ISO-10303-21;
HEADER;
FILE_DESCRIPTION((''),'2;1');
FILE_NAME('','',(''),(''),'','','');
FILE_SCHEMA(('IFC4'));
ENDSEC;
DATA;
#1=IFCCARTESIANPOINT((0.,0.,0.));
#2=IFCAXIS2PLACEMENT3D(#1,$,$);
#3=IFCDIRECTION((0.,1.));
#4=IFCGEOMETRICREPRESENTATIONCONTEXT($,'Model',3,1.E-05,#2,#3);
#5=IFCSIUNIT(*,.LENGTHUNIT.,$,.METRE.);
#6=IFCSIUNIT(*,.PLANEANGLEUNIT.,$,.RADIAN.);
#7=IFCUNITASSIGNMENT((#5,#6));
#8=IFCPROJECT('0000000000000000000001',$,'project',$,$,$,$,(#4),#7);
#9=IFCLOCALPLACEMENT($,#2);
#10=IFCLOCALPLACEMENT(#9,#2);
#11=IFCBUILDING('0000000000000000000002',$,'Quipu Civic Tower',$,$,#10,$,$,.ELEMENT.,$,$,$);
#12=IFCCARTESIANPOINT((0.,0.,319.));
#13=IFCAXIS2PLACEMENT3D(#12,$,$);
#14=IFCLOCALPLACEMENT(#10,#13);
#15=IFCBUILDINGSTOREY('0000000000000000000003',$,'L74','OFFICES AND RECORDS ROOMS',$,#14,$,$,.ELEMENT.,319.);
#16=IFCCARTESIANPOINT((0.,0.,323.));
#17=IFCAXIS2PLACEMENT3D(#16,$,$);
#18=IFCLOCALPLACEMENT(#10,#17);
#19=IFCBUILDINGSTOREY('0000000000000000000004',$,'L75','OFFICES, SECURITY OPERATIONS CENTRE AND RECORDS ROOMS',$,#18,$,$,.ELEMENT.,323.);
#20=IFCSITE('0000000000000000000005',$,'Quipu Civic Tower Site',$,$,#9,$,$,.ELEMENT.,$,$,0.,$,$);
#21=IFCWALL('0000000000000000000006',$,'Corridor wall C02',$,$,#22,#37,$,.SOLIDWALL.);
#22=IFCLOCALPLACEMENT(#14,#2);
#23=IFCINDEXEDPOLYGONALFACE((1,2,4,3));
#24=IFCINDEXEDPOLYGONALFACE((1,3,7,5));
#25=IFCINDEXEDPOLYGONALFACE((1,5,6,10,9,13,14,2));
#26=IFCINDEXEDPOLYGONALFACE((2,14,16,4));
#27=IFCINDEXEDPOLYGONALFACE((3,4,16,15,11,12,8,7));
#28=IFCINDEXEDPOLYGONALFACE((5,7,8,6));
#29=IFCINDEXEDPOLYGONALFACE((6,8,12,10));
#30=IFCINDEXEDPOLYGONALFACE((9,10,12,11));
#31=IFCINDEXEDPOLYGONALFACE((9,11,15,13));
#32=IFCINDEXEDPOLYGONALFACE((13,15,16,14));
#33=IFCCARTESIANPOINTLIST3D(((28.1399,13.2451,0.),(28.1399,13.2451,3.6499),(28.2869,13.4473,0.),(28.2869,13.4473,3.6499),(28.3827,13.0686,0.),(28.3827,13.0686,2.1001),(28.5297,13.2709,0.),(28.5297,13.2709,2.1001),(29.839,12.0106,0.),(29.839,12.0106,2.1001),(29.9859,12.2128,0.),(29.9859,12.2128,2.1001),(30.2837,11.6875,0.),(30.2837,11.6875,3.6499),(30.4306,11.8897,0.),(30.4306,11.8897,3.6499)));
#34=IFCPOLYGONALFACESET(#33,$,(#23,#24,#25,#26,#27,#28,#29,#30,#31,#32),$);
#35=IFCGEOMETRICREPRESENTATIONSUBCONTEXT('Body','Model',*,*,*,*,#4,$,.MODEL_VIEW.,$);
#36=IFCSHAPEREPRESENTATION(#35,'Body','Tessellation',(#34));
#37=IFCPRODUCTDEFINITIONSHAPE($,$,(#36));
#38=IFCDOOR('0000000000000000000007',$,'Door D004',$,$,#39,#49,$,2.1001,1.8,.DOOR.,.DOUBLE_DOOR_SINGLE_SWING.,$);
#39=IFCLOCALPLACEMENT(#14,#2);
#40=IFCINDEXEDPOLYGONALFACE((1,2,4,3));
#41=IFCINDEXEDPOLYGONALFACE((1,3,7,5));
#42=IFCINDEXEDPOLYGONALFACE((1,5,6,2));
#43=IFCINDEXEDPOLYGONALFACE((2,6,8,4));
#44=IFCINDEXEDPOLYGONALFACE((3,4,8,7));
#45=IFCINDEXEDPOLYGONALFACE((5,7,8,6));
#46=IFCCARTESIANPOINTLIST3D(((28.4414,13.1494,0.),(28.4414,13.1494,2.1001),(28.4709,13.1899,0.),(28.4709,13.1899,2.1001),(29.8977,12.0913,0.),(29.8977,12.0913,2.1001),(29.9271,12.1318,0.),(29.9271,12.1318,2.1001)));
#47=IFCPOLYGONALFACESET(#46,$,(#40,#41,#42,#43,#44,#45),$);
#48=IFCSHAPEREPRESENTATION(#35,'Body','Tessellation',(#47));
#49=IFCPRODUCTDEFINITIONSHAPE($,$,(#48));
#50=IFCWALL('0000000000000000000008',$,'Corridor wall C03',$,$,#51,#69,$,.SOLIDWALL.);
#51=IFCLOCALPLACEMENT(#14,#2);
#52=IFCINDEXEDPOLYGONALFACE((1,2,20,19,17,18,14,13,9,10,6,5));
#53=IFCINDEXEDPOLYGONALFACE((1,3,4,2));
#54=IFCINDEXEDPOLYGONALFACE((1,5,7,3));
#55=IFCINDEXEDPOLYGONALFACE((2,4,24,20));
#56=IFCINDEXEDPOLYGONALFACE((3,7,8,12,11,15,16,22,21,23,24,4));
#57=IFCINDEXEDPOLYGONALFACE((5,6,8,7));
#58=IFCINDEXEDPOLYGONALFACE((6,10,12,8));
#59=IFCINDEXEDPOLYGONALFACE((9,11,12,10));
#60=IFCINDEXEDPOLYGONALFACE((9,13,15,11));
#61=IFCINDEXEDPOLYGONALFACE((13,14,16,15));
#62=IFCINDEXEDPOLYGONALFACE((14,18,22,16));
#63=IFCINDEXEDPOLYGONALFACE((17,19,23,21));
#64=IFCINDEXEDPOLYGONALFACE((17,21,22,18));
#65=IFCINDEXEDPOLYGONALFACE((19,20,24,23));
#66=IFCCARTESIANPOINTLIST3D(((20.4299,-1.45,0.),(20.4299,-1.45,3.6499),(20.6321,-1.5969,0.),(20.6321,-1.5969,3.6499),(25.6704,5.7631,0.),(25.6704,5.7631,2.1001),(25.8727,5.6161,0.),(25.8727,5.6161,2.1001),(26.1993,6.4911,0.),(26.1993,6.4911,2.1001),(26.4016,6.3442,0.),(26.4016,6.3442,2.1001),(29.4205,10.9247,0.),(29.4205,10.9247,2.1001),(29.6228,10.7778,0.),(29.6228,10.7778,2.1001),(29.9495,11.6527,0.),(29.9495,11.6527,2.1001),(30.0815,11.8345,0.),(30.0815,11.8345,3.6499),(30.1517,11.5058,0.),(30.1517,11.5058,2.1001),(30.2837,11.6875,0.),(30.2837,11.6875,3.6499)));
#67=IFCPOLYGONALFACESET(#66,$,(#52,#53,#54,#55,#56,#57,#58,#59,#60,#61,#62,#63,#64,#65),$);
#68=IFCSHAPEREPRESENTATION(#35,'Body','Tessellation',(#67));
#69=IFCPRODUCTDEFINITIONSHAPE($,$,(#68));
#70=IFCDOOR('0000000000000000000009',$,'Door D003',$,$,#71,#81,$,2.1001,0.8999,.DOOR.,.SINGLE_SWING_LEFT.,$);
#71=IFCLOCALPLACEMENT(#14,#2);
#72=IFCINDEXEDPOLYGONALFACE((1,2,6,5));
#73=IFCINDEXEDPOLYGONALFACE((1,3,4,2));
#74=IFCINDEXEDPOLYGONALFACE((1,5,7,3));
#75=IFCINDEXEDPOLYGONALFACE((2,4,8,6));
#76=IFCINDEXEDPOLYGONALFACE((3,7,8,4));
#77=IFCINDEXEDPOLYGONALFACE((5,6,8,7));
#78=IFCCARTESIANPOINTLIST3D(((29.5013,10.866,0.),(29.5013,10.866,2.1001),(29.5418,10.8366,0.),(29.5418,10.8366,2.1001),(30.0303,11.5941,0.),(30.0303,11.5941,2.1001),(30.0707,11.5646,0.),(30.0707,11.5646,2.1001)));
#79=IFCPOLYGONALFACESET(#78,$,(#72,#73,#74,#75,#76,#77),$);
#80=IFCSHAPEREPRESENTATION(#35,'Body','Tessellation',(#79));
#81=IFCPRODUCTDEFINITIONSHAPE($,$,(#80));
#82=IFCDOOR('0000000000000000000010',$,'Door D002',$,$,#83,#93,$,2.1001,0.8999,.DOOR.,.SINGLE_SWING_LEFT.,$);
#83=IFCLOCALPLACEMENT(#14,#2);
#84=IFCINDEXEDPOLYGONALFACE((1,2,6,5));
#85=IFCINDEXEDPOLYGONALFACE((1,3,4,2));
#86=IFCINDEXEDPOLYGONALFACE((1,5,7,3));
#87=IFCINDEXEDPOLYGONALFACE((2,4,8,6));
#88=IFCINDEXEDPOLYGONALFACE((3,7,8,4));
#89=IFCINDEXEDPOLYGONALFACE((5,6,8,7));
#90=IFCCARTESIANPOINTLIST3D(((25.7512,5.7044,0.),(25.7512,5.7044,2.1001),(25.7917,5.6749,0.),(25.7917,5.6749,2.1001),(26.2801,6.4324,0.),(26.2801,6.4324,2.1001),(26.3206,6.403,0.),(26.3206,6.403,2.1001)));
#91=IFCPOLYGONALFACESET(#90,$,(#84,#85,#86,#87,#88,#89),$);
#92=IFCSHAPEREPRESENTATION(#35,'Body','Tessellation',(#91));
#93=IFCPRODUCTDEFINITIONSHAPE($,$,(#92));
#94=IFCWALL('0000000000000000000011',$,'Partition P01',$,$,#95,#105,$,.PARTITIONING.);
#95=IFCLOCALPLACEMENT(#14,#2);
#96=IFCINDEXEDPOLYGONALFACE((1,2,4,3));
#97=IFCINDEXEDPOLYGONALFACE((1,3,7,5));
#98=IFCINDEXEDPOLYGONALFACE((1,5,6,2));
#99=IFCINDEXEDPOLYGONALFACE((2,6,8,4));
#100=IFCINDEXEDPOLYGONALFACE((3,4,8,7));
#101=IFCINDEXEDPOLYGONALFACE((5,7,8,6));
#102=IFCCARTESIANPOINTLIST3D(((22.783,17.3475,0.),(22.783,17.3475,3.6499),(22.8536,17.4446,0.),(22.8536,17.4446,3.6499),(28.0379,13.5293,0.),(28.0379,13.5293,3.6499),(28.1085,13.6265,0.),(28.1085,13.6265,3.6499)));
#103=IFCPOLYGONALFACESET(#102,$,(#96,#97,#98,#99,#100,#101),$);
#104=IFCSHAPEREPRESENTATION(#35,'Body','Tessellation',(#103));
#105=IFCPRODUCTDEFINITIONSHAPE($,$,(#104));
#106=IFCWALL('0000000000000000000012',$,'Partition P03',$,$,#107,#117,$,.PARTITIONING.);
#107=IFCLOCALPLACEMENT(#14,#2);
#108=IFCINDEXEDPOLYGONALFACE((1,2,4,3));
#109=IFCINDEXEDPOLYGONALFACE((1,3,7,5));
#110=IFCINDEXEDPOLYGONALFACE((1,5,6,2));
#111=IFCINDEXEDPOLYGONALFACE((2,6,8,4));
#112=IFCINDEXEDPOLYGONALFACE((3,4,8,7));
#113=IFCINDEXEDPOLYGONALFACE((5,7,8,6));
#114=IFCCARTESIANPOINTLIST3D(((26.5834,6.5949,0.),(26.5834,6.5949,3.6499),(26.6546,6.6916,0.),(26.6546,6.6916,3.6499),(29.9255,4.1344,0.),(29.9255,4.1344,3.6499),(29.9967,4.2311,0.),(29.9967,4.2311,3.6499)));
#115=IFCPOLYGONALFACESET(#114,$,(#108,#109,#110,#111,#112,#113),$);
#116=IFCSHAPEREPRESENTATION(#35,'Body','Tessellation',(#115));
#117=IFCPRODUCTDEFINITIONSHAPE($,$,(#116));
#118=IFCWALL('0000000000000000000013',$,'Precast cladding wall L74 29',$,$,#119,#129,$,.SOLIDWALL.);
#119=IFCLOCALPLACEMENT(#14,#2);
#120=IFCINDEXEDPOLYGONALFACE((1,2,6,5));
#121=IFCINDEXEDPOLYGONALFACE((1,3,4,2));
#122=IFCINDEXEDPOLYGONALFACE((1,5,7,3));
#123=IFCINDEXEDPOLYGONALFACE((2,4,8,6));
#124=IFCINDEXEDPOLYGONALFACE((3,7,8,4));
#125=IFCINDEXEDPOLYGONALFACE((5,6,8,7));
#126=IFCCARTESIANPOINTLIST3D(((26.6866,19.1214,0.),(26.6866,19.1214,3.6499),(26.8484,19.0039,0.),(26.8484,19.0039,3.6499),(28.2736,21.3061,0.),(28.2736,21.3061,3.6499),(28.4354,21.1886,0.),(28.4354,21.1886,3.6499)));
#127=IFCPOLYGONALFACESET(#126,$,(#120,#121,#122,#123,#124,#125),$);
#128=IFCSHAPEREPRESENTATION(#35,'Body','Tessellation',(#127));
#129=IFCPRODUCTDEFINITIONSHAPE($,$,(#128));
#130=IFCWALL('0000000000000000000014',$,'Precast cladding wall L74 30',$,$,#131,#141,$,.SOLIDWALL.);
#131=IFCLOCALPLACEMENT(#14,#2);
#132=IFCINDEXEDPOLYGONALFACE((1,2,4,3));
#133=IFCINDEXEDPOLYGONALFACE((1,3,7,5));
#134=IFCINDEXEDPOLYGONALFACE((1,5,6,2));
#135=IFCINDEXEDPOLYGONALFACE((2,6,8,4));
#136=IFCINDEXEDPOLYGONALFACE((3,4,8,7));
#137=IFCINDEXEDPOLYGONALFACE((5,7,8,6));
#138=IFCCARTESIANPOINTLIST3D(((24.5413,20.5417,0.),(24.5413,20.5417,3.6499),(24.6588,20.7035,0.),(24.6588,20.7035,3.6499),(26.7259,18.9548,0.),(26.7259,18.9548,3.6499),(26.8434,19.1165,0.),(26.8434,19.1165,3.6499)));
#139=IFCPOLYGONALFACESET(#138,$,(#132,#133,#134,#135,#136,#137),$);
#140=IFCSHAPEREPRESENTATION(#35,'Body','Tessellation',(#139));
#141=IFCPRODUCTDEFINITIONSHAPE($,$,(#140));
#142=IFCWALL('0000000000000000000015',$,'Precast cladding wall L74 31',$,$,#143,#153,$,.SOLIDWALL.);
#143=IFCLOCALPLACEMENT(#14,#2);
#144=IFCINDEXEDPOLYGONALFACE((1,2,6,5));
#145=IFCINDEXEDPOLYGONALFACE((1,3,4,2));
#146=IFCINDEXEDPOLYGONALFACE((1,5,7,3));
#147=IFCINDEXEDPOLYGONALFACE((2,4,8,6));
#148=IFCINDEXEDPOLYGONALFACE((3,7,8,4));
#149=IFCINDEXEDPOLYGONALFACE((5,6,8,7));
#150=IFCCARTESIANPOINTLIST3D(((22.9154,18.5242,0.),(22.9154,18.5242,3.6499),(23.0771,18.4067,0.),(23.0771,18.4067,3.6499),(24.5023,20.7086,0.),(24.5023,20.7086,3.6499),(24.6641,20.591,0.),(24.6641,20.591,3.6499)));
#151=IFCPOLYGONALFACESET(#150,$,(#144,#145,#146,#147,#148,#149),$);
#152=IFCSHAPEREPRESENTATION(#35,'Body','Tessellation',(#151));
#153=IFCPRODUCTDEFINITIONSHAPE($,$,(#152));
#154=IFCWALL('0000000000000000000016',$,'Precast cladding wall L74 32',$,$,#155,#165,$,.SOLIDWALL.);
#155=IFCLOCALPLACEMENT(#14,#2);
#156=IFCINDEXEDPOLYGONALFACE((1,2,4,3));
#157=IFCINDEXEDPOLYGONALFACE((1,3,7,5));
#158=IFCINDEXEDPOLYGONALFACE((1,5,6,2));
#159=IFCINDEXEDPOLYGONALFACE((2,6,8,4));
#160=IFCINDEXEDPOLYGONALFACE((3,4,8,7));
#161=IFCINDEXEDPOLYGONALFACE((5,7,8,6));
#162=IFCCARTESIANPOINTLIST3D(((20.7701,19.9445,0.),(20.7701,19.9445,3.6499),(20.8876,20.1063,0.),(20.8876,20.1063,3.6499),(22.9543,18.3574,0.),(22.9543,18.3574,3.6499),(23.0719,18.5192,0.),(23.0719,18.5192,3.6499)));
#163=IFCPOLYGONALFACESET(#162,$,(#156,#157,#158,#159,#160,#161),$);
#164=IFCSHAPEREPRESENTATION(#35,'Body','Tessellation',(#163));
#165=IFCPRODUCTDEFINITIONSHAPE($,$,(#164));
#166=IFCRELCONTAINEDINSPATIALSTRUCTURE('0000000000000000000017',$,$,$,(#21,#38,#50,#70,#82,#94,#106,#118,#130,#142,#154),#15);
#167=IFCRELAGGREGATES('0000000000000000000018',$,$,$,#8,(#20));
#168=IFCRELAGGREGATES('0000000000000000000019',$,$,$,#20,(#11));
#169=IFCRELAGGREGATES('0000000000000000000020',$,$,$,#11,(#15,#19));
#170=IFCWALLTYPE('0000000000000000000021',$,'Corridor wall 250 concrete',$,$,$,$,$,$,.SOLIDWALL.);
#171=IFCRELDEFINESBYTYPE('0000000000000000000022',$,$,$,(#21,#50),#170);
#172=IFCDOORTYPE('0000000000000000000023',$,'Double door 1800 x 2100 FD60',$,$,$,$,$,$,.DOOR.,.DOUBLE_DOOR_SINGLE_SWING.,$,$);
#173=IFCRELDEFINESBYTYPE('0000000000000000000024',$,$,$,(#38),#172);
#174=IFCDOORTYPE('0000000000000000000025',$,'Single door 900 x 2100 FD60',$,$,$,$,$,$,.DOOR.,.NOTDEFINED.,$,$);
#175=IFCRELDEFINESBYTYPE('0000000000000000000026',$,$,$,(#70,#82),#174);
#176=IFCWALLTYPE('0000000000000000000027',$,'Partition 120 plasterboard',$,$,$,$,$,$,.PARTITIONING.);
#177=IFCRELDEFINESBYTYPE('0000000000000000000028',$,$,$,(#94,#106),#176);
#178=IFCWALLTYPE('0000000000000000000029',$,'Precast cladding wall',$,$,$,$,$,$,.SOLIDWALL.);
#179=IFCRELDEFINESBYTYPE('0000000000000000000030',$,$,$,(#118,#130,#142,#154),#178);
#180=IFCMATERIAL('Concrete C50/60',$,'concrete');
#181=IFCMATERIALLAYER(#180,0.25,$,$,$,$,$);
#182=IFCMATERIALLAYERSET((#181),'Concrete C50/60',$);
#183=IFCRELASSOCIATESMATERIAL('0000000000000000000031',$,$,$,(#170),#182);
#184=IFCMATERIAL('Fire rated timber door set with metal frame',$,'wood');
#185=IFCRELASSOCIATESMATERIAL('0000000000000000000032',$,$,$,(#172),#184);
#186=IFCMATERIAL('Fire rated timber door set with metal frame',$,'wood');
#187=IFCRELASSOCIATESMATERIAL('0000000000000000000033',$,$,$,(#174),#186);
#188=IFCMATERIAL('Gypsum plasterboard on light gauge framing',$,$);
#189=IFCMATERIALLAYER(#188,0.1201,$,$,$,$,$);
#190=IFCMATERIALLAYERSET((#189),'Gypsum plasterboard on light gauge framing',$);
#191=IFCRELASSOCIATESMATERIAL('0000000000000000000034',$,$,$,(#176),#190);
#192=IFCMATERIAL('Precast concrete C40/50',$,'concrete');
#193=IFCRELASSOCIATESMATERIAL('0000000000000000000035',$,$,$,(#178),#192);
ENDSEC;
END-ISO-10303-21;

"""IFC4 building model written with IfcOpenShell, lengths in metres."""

from ifc_helpers import new_model, si_unit, direction, frame, frame_2d, origin, place, context, subcontext, project, spatial, rectangle, extrude, material, layer, layer_set, type_object, element, fill, save


model = new_model("IFC4")

# Units and contexts
model_context = context("Model", 3, precision=1e-05, world=origin(), true_north=direction((0.0, 1.0)))
body_context = subcontext(model_context, "Body", "Model", "MODEL_VIEW")
ifc_project = project(units=[si_unit("LENGTHUNIT", "METRE"), si_unit("PLANEANGLEUNIT", "RADIAN")], contexts=[model_context])

# Site, building, storey
site_placement = place(None, origin())
site = spatial("IfcSite", under=ifc_project, at=site_placement, Name="Quipu Civic Tower Site", CompositionType="ELEMENT", RefElevation=0.0)
building_placement = place(site_placement, origin())
building = spatial("IfcBuilding", under=site, at=building_placement, Name="Quipu Civic Tower", CompositionType="ELEMENT")
storey_1_placement = place(building_placement, frame((0.0, 0.0, 319.0)))
storey_1 = spatial("IfcBuildingStorey", under=building, at=storey_1_placement, Name="L74", Description="OFFICES AND RECORDS ROOMS", CompositionType="ELEMENT", Elevation=319.0)

# Shared definitions
storey_2_placement = place(building_placement, frame((0.0, 0.0, 323.0)))
storey_2 = spatial("IfcBuildingStorey", under=building, at=storey_2_placement, Name="L75", Description="OFFICES, SECURITY OPERATIONS CENTRE AND RECORDS ROOMS", CompositionType="ELEMENT", Elevation=323.0)

# Wall, opening, door
ifc_material_1 = material(Name="Concrete C50/60", Category="concrete")
ifc_layer_1 = layer(ifc_material_1, 0.25)
ifc_layer_set_1 = layer_set([ifc_layer_1], Name="Concrete C50/60")
wall_type_1 = type_object("IfcWallType", Name="Corridor wall 250 concrete", PredefinedType="SOLIDWALL", material=ifc_layer_set_1)
wall_1_placement = place(storey_1_placement, frame((28.2134, 13.3462, 0.0), z_axis=(0.0, 0.0, 1.0), x_axis=(0.809007, -0.587799, 0.0)))
wall_1 = element("IfcWall", 1, at=wall_1_placement, inside=storey_1, type_object=wall_type_1, Name="Corridor wall C02", PredefinedType="SOLIDWALL", context=body_context, shape_type="SweptSolid", body=[
    extrude(rectangle(XDim=2.6499, YDim=0.25, at=frame_2d((1.325, 0.0))), origin(), (0.0, 0.0, 1.0), 3.6499),
])
opening_1_placement = place(wall_1_placement, frame((0.3003, 0.0, 0.0)))
opening_1 = element("IfcOpeningElement", 2, at=opening_1_placement, cuts=wall_1, PredefinedType="OPENING", context=body_context, shape_type="SweptSolid", body=[
    extrude(rectangle(XDim=1.8, YDim=2.1001, at=frame_2d((0.8999, 1.05))), frame((0.0, 0.135, 0.0), z_axis=(0.0, -1.0, 0.0), x_axis=(1.0, 0.0, 0.0)), (0.0, 0.0, 1.0), 0.27),
])
ifc_material_2 = material(Name="Fire rated timber door set with metal frame", Category="wood")
door_type_1 = type_object("IfcDoorType", Name="Double door 1800 x 2100 FD60", OperationType="DOUBLE_DOOR_SINGLE_SWING", PredefinedType="DOOR", material=ifc_material_2)
door_1_placement = place(opening_1_placement, origin())
door_1 = element("IfcDoor", 3, at=door_1_placement, inside=storey_1, type_object=door_type_1, Name="Door D004", OperationType="DOUBLE_DOOR_SINGLE_SWING", OverallHeight=2.1001, OverallWidth=1.8, PredefinedType="DOOR", context=body_context, shape_type="SweptSolid", body=[
    extrude(rectangle(XDim=1.8, YDim=2.1001, at=frame_2d((0.8999, 1.05))), frame((0.0, 0.0249, 0.0), z_axis=(0.0, -1.0, 0.0), x_axis=(1.0, 0.0, 0.0)), (0.0, 0.0, 1.0), 0.05),
])
fill(opening_1, door_1)

# Wall, openings, doors
wall_2_placement = place(storey_1_placement, frame((30.1826, 11.761, 0.0), z_axis=(0.0, 0.0, 1.0), x_axis=(-0.587782, -0.80902, 0.0)))
wall_2 = element("IfcWall", 4, at=wall_2_placement, inside=storey_1, type_object=wall_type_1, Name="Corridor wall C03", PredefinedType="SOLIDWALL", context=body_context, shape_type="SweptSolid", body=[
    extrude(rectangle(XDim=16.4204, YDim=0.25, at=frame_2d((8.2102, 0.0))), origin(), (0.0, 0.0, 1.0), 3.6499),
])
opening_2_placement = place(wall_2_placement, frame((0.2246, 0.0, 0.0)))
opening_2 = element("IfcOpeningElement", 5, at=opening_2_placement, cuts=wall_2, PredefinedType="OPENING", context=body_context, shape_type="SweptSolid", body=[
    extrude(rectangle(XDim=0.8999, YDim=2.1001, at=frame_2d((0.45, 1.05))), frame((0.0, 0.135, 0.0), z_axis=(0.0, -1.0, 0.0), x_axis=(1.0, 0.0, 0.0)), (0.0, 0.0, 1.0), 0.27),
])
opening_3_placement = place(wall_2_placement, frame((6.6047, 0.0, 0.0)))
opening_3 = element("IfcOpeningElement", 6, at=opening_3_placement, cuts=wall_2, PredefinedType="OPENING", context=body_context, shape_type="SweptSolid", body=[
    extrude(rectangle(XDim=0.8999, YDim=2.1001, at=frame_2d((0.45, 1.05))), frame((0.0, 0.135, 0.0), z_axis=(0.0, -1.0, 0.0), x_axis=(1.0, 0.0, 0.0)), (0.0, 0.0, 1.0), 0.27),
])
ifc_material_3 = material(Name="Fire rated timber door set with metal frame", Category="wood")
door_type_2 = type_object("IfcDoorType", Name="Single door 900 x 2100 FD60", OperationType="NOTDEFINED", PredefinedType="DOOR", material=ifc_material_3)
door_2_placement = place(opening_2_placement, origin())
door_2 = element("IfcDoor", 7, at=door_2_placement, inside=storey_1, type_object=door_type_2, Name="Door D003", OperationType="SINGLE_SWING_LEFT", OverallHeight=2.1001, OverallWidth=0.8999, PredefinedType="DOOR", context=body_context, shape_type="SweptSolid", body=[
    extrude(rectangle(XDim=0.8999, YDim=2.1001, at=frame_2d((0.45, 1.05))), frame((0.0, 0.0249, 0.0), z_axis=(0.0, -1.0, 0.0), x_axis=(1.0, 0.0, 0.0)), (0.0, 0.0, 1.0), 0.05),
])
fill(opening_2, door_2)
door_3_placement = place(opening_3_placement, origin())
door_3 = element("IfcDoor", 8, at=door_3_placement, inside=storey_1, type_object=door_type_2, Name="Door D002", OperationType="SINGLE_SWING_LEFT", OverallHeight=2.1001, OverallWidth=0.8999, PredefinedType="DOOR", context=body_context, shape_type="SweptSolid", body=[
    extrude(rectangle(XDim=0.8999, YDim=2.1001, at=frame_2d((0.45, 1.05))), frame((0.0, 0.0249, 0.0), z_axis=(0.0, -1.0, 0.0), x_axis=(1.0, 0.0, 0.0)), (0.0, 0.0, 1.0), 0.05),
])
fill(opening_3, door_3)

# Walls
ifc_material_4 = material(Name="Gypsum plasterboard on light gauge framing")
ifc_layer_2 = layer(ifc_material_4, 0.1201)
ifc_layer_set_2 = layer_set([ifc_layer_2], Name="Gypsum plasterboard on light gauge framing")
wall_type_2 = type_object("IfcWallType", Name="Partition 120 plasterboard", PredefinedType="PARTITIONING", material=ifc_layer_set_2)
wall_3_placement = place(storey_1_placement, frame((28.0732, 13.5779, 0.0), z_axis=(0.0, 0.0, 1.0), x_axis=(-0.809001, 0.587807, 0.0)))
element("IfcWall", 9, at=wall_3_placement, inside=storey_1, type_object=wall_type_2, Name="Partition P01", PredefinedType="PARTITIONING", context=body_context, shape_type="SweptSolid", body=[
    extrude(rectangle(XDim=6.4956, YDim=0.1201, at=frame_2d((3.2478, 0.0))), origin(), (0.0, 0.0, 1.0), 3.6499),
])
wall_4_placement = place(storey_1_placement, frame((26.6189, 6.6433, 0.0), z_axis=(0.0, 0.0, 1.0), x_axis=(0.805298, -0.59287, 0.0)))
element("IfcWall", 10, at=wall_4_placement, inside=storey_1, type_object=wall_type_2, Name="Partition P03", PredefinedType="PARTITIONING", context=body_context, shape_type="SweptSolid", body=[
    extrude(rectangle(XDim=4.1501, YDim=0.1201, at=frame_2d((2.0752, 0.0))), origin(), (0.0, 0.0, 1.0), 3.6499),
])
ifc_material_5 = material(Name="Precast concrete C40/50", Category="concrete")
wall_type_3 = type_object("IfcWallType", Name="Precast cladding wall", PredefinedType="SOLIDWALL", material=ifc_material_5)
for number, where, z_axis, x_axis, name in (
    (11, (28.3545, 21.2473, 0.0), (0.0, 0.0, 1.0), (-0.58772, -0.809064, 0.0), "Precast cladding wall L74 29"),
    (12, (26.7847, 19.0356, 0.0), (0.0, 0.0, 1.0), (-0.809064, 0.58772, 0.0), "Precast cladding wall L74 30"),
):
    element("IfcWall", number, at=place(storey_1_placement, frame(where, z_axis=z_axis, x_axis=x_axis)), inside=storey_1, type_object=wall_type_3, Name=name, PredefinedType="SOLIDWALL", context=body_context, shape_type="SweptSolid", body=[
        extrude(rectangle(XDim=2.7002, YDim=0.2, at=frame_2d((1.3501, 0.0))), origin(), (0.0, 0.0, 1.0), 3.6499),
    ])
for number, where, z_axis, x_axis, name in (
    (13, (24.5833, 20.6499, 0.0), (0.0, 0.0, 1.0), (-0.587763, -0.809033, 0.0), "Precast cladding wall L74 31"),
    (14, (23.0132, 18.4382, 0.0), (0.0, 0.0, 1.0), (-0.80899, 0.587822, 0.0), "Precast cladding wall L74 32"),
):
    element("IfcWall", number, at=place(storey_1_placement, frame(where, z_axis=z_axis, x_axis=x_axis)), inside=storey_1, type_object=wall_type_3, Name=name, PredefinedType="SOLIDWALL", context=body_context, shape_type="SweptSolid", body=[
        extrude(rectangle(XDim=2.7, YDim=0.2, at=frame_2d((1.3501, 0.0))), origin(), (0.0, 0.0, 1.0), 3.6499),
    ])

save(model, "model.ifc")
